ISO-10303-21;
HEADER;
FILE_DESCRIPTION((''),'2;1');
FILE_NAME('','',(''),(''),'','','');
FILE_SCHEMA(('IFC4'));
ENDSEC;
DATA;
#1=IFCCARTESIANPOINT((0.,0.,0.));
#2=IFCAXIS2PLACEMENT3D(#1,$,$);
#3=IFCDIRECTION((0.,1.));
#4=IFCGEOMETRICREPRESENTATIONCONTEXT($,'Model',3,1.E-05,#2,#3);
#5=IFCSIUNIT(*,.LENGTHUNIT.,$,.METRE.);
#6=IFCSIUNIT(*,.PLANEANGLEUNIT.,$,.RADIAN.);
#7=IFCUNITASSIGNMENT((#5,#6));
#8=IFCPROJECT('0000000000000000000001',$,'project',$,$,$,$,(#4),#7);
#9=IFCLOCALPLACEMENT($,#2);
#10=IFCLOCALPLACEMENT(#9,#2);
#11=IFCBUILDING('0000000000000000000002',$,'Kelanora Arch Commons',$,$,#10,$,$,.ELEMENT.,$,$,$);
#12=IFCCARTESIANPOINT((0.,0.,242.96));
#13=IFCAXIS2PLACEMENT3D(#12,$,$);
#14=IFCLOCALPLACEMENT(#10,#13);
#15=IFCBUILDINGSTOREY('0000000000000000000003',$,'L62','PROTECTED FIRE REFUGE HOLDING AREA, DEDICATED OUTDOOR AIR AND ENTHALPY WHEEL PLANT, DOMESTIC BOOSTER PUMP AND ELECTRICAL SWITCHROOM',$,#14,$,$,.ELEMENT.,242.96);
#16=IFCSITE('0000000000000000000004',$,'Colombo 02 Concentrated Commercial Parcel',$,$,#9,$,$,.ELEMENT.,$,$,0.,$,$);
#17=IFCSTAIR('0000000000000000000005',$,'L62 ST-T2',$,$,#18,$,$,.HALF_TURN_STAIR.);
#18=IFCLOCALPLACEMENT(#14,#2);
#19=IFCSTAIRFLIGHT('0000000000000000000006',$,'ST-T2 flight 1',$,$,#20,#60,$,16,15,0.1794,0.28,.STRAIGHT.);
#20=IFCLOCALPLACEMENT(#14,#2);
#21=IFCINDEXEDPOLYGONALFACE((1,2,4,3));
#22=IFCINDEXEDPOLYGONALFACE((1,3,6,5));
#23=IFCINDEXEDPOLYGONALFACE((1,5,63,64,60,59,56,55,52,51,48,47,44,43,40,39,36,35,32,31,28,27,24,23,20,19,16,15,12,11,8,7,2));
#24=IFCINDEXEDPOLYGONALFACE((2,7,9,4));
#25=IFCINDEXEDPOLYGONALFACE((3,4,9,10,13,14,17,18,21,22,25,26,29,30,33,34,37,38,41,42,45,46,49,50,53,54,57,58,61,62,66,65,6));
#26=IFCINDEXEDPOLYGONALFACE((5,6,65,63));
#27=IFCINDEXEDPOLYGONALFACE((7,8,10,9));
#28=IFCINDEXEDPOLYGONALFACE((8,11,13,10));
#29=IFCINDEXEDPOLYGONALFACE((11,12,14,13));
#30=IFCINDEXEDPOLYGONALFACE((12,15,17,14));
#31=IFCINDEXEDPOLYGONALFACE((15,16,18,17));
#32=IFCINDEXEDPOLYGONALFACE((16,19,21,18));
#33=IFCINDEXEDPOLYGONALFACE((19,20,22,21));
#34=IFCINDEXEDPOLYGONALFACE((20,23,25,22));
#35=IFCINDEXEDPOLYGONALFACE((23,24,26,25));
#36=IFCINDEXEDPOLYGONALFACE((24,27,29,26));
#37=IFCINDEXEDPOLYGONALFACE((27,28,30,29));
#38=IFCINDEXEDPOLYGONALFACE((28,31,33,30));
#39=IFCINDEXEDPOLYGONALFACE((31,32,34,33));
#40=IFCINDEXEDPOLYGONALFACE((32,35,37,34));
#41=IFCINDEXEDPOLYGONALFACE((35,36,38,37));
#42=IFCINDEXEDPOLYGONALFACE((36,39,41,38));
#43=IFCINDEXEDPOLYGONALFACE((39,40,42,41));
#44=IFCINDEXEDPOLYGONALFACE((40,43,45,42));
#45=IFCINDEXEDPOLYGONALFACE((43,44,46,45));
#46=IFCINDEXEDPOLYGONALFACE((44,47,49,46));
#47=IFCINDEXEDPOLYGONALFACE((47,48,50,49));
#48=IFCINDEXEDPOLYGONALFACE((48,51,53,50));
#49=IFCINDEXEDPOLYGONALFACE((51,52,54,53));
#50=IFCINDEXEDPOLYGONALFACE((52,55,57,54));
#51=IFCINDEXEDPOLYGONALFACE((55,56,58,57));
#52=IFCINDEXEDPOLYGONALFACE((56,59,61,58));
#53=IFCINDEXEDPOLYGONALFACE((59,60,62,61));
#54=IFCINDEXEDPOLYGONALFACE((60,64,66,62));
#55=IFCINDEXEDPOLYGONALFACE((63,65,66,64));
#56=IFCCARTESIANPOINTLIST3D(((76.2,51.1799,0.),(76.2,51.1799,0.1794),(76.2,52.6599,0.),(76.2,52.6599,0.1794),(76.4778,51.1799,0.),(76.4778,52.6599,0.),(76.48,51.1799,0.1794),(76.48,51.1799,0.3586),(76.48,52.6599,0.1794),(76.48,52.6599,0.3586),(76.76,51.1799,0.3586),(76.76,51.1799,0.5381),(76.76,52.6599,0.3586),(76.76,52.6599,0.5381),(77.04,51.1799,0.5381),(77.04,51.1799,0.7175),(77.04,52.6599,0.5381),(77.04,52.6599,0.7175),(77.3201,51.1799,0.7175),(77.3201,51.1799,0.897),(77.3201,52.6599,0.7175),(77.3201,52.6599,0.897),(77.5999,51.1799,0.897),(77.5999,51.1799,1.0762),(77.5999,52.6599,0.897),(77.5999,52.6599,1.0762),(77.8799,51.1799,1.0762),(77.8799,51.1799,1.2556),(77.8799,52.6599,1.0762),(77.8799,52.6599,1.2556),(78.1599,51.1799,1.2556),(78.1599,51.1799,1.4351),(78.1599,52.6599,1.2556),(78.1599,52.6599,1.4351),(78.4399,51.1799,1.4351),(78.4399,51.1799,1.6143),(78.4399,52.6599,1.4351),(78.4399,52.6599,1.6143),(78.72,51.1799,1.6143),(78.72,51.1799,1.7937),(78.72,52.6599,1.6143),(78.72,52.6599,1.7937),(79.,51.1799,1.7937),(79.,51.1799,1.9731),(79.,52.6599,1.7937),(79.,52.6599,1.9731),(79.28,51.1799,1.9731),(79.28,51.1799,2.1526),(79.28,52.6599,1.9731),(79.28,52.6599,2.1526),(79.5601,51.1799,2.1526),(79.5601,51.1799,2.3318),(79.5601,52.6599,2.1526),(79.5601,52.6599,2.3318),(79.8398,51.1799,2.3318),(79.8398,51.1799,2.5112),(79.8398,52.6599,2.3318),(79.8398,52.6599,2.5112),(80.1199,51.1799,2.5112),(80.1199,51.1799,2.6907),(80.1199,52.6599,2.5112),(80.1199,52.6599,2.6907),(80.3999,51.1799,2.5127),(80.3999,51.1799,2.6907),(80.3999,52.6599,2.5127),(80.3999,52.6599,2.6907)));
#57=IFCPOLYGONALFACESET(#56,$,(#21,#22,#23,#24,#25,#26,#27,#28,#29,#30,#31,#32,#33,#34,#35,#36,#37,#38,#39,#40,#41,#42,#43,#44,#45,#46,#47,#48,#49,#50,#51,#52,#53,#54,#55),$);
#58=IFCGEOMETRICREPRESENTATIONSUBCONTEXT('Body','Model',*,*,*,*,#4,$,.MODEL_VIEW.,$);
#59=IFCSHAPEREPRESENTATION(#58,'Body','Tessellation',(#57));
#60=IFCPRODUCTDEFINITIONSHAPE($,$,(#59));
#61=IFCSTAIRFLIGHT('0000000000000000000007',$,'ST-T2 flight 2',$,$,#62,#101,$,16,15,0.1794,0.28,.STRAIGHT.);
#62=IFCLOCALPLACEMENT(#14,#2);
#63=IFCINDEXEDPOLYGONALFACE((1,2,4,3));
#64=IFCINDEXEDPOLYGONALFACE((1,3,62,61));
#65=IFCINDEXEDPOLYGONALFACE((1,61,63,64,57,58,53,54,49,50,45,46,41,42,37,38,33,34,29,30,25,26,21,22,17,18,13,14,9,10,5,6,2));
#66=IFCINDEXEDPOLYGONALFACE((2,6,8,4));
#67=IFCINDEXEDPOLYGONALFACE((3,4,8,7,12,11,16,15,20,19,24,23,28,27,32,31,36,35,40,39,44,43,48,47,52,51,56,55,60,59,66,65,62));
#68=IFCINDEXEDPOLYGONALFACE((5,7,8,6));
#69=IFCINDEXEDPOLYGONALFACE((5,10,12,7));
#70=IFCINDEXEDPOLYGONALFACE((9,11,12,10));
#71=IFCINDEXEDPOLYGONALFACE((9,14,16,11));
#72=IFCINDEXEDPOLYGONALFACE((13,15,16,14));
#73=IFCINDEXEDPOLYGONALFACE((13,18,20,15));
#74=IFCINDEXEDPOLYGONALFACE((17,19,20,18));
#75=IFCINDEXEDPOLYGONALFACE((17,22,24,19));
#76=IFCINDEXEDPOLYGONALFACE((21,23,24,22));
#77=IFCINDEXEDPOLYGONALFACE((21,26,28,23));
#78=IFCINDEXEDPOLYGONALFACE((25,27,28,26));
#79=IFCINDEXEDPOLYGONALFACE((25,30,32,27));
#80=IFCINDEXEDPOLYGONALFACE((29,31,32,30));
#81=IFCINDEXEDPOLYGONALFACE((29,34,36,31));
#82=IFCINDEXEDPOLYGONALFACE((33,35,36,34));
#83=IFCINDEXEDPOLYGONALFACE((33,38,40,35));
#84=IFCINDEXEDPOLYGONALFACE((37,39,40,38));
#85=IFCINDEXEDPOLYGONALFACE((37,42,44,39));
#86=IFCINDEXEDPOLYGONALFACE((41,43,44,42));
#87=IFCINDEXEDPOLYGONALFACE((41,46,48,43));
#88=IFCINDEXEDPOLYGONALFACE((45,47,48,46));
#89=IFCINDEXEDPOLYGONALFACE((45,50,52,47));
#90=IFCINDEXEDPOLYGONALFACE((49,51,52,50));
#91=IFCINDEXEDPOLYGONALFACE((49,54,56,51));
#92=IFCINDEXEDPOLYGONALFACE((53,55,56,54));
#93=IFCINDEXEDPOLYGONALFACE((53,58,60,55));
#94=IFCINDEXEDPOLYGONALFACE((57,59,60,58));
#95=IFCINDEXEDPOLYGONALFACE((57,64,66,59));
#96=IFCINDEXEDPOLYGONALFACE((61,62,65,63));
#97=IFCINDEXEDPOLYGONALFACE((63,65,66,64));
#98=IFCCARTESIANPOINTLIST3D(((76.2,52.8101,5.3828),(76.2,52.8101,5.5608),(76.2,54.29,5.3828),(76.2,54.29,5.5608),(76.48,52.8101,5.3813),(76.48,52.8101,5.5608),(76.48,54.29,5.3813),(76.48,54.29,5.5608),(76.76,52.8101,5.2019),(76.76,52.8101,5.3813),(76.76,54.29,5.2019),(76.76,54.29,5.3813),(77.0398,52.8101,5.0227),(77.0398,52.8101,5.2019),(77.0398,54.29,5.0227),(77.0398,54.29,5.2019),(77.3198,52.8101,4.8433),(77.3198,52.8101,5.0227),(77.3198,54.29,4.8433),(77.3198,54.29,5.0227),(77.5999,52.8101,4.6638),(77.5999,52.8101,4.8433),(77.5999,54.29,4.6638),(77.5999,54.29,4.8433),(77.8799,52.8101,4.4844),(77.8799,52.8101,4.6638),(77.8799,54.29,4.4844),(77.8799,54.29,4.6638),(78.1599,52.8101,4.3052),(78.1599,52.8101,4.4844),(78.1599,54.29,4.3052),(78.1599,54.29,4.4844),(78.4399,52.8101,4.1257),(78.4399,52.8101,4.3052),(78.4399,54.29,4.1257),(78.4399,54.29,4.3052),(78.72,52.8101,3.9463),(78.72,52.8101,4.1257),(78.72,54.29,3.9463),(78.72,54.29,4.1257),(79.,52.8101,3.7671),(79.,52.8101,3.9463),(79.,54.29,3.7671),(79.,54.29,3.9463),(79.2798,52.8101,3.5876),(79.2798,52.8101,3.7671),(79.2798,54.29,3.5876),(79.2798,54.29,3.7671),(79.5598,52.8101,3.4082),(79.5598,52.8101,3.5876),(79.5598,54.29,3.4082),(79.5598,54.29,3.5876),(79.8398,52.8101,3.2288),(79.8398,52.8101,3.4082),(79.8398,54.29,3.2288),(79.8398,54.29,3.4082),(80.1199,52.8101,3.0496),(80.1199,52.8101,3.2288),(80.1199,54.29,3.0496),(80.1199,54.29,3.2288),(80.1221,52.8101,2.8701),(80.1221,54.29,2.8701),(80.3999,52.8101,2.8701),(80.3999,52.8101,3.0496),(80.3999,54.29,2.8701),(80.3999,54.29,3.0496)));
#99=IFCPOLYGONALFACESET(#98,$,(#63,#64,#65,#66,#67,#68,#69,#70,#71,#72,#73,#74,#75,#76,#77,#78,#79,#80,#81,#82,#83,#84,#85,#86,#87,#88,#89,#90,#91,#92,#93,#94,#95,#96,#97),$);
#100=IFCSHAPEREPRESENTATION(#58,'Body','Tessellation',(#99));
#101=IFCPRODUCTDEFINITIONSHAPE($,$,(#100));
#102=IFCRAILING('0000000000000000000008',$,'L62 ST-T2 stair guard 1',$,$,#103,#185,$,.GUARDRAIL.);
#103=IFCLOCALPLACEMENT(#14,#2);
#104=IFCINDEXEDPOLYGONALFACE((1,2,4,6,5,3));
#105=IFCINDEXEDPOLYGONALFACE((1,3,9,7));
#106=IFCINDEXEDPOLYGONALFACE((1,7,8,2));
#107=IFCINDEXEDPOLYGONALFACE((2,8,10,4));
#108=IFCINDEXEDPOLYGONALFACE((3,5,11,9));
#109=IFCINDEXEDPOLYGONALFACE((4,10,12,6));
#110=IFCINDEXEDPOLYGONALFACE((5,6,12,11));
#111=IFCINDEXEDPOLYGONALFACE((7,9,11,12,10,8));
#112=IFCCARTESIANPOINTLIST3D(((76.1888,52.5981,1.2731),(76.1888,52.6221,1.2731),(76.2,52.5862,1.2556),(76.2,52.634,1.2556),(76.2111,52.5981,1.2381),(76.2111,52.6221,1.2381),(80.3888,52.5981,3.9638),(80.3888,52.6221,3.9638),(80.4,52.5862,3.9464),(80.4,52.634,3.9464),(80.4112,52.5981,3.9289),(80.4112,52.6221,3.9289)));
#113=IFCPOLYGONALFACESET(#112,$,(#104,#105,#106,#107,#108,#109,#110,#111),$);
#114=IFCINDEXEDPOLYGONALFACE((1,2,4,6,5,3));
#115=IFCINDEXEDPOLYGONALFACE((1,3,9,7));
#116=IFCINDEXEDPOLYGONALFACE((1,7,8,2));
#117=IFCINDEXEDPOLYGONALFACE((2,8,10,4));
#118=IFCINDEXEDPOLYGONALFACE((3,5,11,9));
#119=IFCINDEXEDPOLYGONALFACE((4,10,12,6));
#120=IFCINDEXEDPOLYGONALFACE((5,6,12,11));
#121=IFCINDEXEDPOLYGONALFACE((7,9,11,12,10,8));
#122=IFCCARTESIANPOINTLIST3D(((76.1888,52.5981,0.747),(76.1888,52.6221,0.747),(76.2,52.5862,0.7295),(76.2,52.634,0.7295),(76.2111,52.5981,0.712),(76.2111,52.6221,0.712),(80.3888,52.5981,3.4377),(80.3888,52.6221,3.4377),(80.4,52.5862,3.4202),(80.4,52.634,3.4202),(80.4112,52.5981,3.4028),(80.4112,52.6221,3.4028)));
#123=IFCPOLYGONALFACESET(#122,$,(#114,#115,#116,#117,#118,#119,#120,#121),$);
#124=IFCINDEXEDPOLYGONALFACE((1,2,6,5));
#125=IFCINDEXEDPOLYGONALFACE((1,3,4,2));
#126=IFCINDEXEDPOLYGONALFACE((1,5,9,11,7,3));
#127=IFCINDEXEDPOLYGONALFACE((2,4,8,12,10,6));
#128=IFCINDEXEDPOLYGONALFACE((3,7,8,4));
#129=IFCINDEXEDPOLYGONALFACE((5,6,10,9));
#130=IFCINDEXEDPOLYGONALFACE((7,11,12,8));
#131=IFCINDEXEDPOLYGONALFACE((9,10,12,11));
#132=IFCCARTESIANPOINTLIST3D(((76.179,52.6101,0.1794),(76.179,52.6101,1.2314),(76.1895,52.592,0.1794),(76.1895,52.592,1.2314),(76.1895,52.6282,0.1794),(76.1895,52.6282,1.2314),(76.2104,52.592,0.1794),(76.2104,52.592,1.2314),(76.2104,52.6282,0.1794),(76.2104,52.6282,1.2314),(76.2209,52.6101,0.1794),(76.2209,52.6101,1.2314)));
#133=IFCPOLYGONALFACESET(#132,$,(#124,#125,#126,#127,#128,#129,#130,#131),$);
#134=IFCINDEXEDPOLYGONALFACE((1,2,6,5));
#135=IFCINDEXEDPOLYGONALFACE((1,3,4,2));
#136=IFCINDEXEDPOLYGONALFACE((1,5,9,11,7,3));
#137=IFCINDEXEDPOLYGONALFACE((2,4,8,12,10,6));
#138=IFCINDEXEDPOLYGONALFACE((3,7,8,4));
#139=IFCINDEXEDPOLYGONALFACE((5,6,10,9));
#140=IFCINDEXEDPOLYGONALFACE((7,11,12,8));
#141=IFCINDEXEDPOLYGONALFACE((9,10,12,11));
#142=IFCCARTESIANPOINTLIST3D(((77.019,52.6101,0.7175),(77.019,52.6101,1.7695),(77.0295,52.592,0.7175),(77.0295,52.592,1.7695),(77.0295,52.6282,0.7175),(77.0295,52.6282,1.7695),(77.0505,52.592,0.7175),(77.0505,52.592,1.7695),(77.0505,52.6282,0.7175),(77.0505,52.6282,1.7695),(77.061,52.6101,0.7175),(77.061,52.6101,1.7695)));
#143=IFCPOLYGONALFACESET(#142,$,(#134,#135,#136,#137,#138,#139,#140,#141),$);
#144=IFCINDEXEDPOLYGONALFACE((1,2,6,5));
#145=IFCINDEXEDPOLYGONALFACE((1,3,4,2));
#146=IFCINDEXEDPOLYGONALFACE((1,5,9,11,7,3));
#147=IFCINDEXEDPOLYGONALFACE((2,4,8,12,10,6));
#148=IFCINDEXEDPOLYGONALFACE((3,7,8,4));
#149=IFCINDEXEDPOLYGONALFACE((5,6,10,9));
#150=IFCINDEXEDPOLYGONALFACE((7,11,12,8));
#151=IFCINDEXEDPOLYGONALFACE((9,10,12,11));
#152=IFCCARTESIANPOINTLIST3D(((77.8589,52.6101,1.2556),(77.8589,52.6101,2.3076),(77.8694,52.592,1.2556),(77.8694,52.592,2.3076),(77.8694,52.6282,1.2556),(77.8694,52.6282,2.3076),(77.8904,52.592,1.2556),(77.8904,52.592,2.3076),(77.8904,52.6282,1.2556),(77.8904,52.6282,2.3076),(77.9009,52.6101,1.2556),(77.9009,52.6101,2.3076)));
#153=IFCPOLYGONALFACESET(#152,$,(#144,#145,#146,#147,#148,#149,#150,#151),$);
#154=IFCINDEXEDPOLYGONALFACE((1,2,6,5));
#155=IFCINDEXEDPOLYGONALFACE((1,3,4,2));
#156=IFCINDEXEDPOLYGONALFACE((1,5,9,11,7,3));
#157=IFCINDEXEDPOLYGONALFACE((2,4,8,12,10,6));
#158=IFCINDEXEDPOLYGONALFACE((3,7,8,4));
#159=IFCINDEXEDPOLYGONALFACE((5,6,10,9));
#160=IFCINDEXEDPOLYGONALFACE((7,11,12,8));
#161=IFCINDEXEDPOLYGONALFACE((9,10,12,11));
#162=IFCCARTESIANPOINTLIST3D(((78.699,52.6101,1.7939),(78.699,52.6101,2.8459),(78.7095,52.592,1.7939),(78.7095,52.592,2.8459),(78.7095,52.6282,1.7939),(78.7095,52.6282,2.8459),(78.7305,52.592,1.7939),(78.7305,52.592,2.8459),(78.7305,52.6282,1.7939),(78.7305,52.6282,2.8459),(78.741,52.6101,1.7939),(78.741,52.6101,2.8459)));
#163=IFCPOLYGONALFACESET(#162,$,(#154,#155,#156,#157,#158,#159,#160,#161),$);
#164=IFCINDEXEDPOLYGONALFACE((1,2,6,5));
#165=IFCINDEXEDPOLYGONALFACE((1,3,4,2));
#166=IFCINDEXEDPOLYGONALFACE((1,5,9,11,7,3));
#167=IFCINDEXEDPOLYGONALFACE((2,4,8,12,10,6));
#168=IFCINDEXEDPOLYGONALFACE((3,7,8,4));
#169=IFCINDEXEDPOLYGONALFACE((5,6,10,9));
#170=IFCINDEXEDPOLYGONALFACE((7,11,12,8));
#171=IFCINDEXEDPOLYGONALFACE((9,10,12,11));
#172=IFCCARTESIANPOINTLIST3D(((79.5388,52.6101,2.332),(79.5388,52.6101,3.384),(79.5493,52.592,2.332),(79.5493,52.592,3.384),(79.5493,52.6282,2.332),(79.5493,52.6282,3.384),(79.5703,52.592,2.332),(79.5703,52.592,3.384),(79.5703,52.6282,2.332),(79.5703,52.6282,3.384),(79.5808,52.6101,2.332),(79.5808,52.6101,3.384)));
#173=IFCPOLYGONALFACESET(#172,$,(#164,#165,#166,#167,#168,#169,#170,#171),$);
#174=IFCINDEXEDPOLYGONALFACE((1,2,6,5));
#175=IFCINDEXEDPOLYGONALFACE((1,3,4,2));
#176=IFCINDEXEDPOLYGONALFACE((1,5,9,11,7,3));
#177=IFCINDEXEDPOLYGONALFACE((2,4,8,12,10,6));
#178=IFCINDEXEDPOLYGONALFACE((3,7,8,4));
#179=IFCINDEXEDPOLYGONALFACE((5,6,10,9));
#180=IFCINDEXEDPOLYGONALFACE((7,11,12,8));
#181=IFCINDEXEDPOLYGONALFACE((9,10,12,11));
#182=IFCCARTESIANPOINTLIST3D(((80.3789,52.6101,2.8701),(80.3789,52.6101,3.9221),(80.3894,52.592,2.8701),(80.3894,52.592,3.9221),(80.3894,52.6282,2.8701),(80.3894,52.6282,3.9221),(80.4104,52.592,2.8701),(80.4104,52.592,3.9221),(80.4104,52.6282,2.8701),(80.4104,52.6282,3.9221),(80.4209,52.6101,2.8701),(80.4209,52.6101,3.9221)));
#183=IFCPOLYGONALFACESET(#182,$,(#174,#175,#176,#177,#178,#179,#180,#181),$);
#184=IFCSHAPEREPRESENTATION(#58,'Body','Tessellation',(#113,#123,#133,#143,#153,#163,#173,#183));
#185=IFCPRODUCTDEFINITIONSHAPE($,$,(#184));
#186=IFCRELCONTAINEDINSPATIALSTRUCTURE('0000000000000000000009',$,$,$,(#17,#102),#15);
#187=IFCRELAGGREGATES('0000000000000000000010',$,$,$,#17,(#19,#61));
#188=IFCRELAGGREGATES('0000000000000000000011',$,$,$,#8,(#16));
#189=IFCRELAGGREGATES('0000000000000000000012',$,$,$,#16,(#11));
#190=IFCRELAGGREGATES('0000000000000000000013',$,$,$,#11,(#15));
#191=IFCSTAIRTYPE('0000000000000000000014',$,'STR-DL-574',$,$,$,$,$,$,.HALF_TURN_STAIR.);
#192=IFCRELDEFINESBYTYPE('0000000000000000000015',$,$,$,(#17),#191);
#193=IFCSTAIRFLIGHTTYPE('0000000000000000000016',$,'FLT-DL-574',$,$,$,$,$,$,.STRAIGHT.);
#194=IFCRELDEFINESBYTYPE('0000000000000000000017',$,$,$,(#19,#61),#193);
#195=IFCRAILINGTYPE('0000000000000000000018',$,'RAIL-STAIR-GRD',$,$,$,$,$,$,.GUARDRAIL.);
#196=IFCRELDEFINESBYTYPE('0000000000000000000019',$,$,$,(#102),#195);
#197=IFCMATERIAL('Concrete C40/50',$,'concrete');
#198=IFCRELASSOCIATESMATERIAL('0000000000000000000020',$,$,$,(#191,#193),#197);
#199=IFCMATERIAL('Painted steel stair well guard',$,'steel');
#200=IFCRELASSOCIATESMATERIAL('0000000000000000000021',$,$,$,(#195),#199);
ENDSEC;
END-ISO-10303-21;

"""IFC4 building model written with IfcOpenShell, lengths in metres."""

from ifc_helpers import new_model, si_unit, direction, frame, origin, place, context, subcontext, project, spatial, polyline, outline, extrude, material, type_object, element, aggregate, save


model = new_model("IFC4")

# Units and contexts
model_context = context("Model", 3, precision=1e-05, world=origin(), true_north=direction((0.0, 1.0)))
body_context = subcontext(model_context, "Body", "Model", "MODEL_VIEW")
ifc_project = project(units=[si_unit("LENGTHUNIT", "METRE"), si_unit("PLANEANGLEUNIT", "RADIAN")], contexts=[model_context])

# Site, building, storey
site_placement = place(None, origin())
site = spatial("IfcSite", under=ifc_project, at=site_placement, Name="Colombo 02 Concentrated Commercial Parcel", CompositionType="ELEMENT", RefElevation=0.0)
building_placement = place(site_placement, origin())
building = spatial("IfcBuilding", under=site, at=building_placement, Name="Kelanora Arch Commons", CompositionType="ELEMENT")
storey_placement = place(building_placement, frame((0.0, 0.0, 242.96)))
storey = spatial("IfcBuildingStorey", under=building, at=storey_placement, Name="L62", Description="PROTECTED FIRE REFUGE HOLDING AREA, DEDICATED OUTDOOR AIR AND ENTHALPY WHEEL PLANT, DOMESTIC BOOSTER PUMP AND ELECTRICAL SWITCHROOM", CompositionType="ELEMENT", Elevation=242.96)

# Shared definitions
ifc_material_1 = material(Name="Concrete C40/50", Category="concrete")

# Stair, stair flights
stair_type = type_object("IfcStairType", Name="STR-DL-574", PredefinedType="HALF_TURN_STAIR", material=ifc_material_1)
stair_placement = place(storey_placement, origin())
stair = element("IfcStair", 1, at=stair_placement, inside=storey, type_object=stair_type, Name="L62 ST-T2", PredefinedType="HALF_TURN_STAIR")
stair_flight_type = type_object("IfcStairFlightType", Name="FLT-DL-574", PredefinedType="STRAIGHT", material=ifc_material_1)
stair_flight_1_placement = place(storey_placement, frame((76.2, 51.9199, 0.0), z_axis=(0.0, 0.0, 1.0), x_axis=(1.0, 0.0, 0.0)))
stair_flight_1 = element("IfcStairFlight", 2, at=stair_flight_1_placement, type_object=stair_flight_type, Name="ST-T2 flight 1", NumberOfRisers=16, NumberOfTreads=15, PredefinedType="STRAIGHT", RiserHeight=0.1794, TreadLength=0.28, context=body_context, shape_type="SweptSolid", body=[
    extrude(outline(polyline([(0.0, 0.0), (0.0, 0.1794), (0.28, 0.1794), (0.28, 0.3586), (0.5601, 0.3586), (0.5601, 0.5381), (0.8401, 0.5381), (0.8401, 0.7175), (1.1201, 0.7175), (1.1201, 0.897), (1.3999, 0.897), (1.3999, 1.0762), (1.6799, 1.0762), (1.6799, 1.2556), (1.96, 1.2556), (1.96, 1.4351), (2.24, 1.4351), (2.24, 1.6143), (2.52, 1.6143), (2.52, 1.7937), (2.8, 1.7937), (2.8, 1.9731), (3.0801, 1.9731), (3.0801, 2.1526), (3.3601, 2.1526), (3.3601, 2.3318), (3.6399, 2.3318), (3.6399, 2.5112), (3.9199, 2.5112), (3.9199, 2.6907), (4.2, 2.6907), (4.2, 2.8701), (4.2, 2.5127), (0.2778, 0.0), (0.0, 0.0)])), frame((0.0, 0.74, 0.0), z_axis=(0.0, -1.0, 0.0), x_axis=(1.0, 0.0, 0.0)), (0.0, 0.0, 1.0), 1.48),
])
stair_flight_2_placement = place(storey_placement, frame((80.3999, 53.55, 2.8701), z_axis=(0.0, 0.0, 1.0), x_axis=(-1.0, 0.0, 0.0)))
stair_flight_2 = element("IfcStairFlight", 3, at=stair_flight_2_placement, type_object=stair_flight_type, Name="ST-T2 flight 2", NumberOfRisers=16, NumberOfTreads=15, PredefinedType="STRAIGHT", RiserHeight=0.1794, TreadLength=0.28, context=body_context, shape_type="SweptSolid", body=[
    extrude(outline(polyline([(0.0, 0.0), (0.0, 0.1794), (0.28, 0.1794), (0.28, 0.3586), (0.5601, 0.3586), (0.5601, 0.5381), (0.8401, 0.5381), (0.8401, 0.7175), (1.1201, 0.7175), (1.1201, 0.897), (1.3999, 0.897), (1.3999, 1.0762), (1.6799, 1.0762), (1.6799, 1.2556), (1.96, 1.2556), (1.96, 1.4351), (2.24, 1.4351), (2.24, 1.6143), (2.52, 1.6143), (2.52, 1.7937), (2.8, 1.7937), (2.8, 1.9731), (3.0801, 1.9731), (3.0801, 2.1526), (3.3601, 2.1526), (3.3601, 2.3318), (3.6399, 2.3318), (3.6399, 2.5112), (3.9199, 2.5112), (3.9199, 2.6907), (4.2, 2.6907), (4.2, 2.8701), (4.2, 2.5127), (0.2778, 0.0), (0.0, 0.0)])), frame((0.0, 0.74, 0.0), z_axis=(0.0, -1.0, 0.0), x_axis=(1.0, 0.0, 0.0)), (0.0, 0.0, 1.0), 1.48),
])
aggregate(stair, [stair_flight_1, stair_flight_2])

# Railing
ifc_material_2 = material(Name="Painted steel stair well guard", Category="steel")
railing_type_1 = type_object("IfcRailingType", Name="RAIL-STAIR-GRD", PredefinedType="GUARDRAIL", material=ifc_material_2)
railing_1_placement = place(storey_placement, frame((76.2, 52.6101, 0.1794)))
element("IfcRailing", 4, at=railing_1_placement, inside=storey, type_object=railing_type_1, Name="L62 ST-T2 stair guard 1", PredefinedType="GUARDRAIL", context=body_context, shape_type="SweptSolid", body=[
    extrude(outline(polyline([(0.0239, 0.0), (0.012, 0.0208), (-0.012, 0.0208), (-0.0239, 0.0), (-0.012, -0.0208), (0.012, -0.0208), (0.0239, 0.0)])), frame((0.0, 0.0, 1.0762), z_axis=(0.842025, 0.0, 0.539438), x_axis=(0.0, 1.0, 0.0)), (0.0, 0.0, 1.0), 4.988),
    extrude(outline(polyline([(0.0239, 0.0), (0.012, 0.0208), (-0.012, 0.0208), (-0.0239, 0.0), (-0.012, -0.0208), (0.012, -0.0208), (0.0239, 0.0)])), frame((0.0, 0.0, 0.55), z_axis=(0.842025, 0.0, 0.539438), x_axis=(0.0, 1.0, 0.0)), (0.0, 0.0, 1.0), 4.988),
    extrude(outline(polyline([(0.021, 0.0), (0.0105, 0.0181), (-0.0105, 0.0181), (-0.021, 0.0), (-0.0105, -0.0181), (0.0105, -0.0181), (0.021, 0.0)])), origin(), (0.0, 0.0, 1.0), 1.052),
    extrude(outline(polyline([(0.021, 0.0), (0.0105, 0.0181), (-0.0105, 0.0181), (-0.021, 0.0), (-0.0105, -0.0181), (0.0105, -0.0181), (0.021, 0.0)])), frame((0.8401, 0.0, 0.5381)), (0.0, 0.0, 1.0), 1.052),
    extrude(outline(polyline([(0.021, 0.0), (0.0105, 0.0181), (-0.0105, 0.0181), (-0.021, 0.0), (-0.0105, -0.0181), (0.0105, -0.0181), (0.021, 0.0)])), frame((1.6799, 0.0, 1.0762)), (0.0, 0.0, 1.0), 1.052),
    extrude(outline(polyline([(0.021, 0.0), (0.0105, 0.0181), (-0.0105, 0.0181), (-0.021, 0.0), (-0.0105, -0.0181), (0.0105, -0.0181), (0.021, 0.0)])), frame((2.52, 0.0, 1.6145)), (0.0, 0.0, 1.0), 1.052),
    extrude(outline(polyline([(0.021, 0.0), (0.0105, 0.0181), (-0.0105, 0.0181), (-0.021, 0.0), (-0.0105, -0.0181), (0.0105, -0.0181), (0.021, 0.0)])), frame((3.3599, 0.0, 2.1526)), (0.0, 0.0, 1.0), 1.052),
    extrude(outline(polyline([(0.021, 0.0), (0.0105, 0.0181), (-0.0105, 0.0181), (-0.021, 0.0), (-0.0105, -0.0181), (0.0105, -0.0181), (0.021, 0.0)])), frame((4.2, 0.0, 2.6907)), (0.0, 0.0, 1.0), 1.052),
])

save(model, "model.ifc")
